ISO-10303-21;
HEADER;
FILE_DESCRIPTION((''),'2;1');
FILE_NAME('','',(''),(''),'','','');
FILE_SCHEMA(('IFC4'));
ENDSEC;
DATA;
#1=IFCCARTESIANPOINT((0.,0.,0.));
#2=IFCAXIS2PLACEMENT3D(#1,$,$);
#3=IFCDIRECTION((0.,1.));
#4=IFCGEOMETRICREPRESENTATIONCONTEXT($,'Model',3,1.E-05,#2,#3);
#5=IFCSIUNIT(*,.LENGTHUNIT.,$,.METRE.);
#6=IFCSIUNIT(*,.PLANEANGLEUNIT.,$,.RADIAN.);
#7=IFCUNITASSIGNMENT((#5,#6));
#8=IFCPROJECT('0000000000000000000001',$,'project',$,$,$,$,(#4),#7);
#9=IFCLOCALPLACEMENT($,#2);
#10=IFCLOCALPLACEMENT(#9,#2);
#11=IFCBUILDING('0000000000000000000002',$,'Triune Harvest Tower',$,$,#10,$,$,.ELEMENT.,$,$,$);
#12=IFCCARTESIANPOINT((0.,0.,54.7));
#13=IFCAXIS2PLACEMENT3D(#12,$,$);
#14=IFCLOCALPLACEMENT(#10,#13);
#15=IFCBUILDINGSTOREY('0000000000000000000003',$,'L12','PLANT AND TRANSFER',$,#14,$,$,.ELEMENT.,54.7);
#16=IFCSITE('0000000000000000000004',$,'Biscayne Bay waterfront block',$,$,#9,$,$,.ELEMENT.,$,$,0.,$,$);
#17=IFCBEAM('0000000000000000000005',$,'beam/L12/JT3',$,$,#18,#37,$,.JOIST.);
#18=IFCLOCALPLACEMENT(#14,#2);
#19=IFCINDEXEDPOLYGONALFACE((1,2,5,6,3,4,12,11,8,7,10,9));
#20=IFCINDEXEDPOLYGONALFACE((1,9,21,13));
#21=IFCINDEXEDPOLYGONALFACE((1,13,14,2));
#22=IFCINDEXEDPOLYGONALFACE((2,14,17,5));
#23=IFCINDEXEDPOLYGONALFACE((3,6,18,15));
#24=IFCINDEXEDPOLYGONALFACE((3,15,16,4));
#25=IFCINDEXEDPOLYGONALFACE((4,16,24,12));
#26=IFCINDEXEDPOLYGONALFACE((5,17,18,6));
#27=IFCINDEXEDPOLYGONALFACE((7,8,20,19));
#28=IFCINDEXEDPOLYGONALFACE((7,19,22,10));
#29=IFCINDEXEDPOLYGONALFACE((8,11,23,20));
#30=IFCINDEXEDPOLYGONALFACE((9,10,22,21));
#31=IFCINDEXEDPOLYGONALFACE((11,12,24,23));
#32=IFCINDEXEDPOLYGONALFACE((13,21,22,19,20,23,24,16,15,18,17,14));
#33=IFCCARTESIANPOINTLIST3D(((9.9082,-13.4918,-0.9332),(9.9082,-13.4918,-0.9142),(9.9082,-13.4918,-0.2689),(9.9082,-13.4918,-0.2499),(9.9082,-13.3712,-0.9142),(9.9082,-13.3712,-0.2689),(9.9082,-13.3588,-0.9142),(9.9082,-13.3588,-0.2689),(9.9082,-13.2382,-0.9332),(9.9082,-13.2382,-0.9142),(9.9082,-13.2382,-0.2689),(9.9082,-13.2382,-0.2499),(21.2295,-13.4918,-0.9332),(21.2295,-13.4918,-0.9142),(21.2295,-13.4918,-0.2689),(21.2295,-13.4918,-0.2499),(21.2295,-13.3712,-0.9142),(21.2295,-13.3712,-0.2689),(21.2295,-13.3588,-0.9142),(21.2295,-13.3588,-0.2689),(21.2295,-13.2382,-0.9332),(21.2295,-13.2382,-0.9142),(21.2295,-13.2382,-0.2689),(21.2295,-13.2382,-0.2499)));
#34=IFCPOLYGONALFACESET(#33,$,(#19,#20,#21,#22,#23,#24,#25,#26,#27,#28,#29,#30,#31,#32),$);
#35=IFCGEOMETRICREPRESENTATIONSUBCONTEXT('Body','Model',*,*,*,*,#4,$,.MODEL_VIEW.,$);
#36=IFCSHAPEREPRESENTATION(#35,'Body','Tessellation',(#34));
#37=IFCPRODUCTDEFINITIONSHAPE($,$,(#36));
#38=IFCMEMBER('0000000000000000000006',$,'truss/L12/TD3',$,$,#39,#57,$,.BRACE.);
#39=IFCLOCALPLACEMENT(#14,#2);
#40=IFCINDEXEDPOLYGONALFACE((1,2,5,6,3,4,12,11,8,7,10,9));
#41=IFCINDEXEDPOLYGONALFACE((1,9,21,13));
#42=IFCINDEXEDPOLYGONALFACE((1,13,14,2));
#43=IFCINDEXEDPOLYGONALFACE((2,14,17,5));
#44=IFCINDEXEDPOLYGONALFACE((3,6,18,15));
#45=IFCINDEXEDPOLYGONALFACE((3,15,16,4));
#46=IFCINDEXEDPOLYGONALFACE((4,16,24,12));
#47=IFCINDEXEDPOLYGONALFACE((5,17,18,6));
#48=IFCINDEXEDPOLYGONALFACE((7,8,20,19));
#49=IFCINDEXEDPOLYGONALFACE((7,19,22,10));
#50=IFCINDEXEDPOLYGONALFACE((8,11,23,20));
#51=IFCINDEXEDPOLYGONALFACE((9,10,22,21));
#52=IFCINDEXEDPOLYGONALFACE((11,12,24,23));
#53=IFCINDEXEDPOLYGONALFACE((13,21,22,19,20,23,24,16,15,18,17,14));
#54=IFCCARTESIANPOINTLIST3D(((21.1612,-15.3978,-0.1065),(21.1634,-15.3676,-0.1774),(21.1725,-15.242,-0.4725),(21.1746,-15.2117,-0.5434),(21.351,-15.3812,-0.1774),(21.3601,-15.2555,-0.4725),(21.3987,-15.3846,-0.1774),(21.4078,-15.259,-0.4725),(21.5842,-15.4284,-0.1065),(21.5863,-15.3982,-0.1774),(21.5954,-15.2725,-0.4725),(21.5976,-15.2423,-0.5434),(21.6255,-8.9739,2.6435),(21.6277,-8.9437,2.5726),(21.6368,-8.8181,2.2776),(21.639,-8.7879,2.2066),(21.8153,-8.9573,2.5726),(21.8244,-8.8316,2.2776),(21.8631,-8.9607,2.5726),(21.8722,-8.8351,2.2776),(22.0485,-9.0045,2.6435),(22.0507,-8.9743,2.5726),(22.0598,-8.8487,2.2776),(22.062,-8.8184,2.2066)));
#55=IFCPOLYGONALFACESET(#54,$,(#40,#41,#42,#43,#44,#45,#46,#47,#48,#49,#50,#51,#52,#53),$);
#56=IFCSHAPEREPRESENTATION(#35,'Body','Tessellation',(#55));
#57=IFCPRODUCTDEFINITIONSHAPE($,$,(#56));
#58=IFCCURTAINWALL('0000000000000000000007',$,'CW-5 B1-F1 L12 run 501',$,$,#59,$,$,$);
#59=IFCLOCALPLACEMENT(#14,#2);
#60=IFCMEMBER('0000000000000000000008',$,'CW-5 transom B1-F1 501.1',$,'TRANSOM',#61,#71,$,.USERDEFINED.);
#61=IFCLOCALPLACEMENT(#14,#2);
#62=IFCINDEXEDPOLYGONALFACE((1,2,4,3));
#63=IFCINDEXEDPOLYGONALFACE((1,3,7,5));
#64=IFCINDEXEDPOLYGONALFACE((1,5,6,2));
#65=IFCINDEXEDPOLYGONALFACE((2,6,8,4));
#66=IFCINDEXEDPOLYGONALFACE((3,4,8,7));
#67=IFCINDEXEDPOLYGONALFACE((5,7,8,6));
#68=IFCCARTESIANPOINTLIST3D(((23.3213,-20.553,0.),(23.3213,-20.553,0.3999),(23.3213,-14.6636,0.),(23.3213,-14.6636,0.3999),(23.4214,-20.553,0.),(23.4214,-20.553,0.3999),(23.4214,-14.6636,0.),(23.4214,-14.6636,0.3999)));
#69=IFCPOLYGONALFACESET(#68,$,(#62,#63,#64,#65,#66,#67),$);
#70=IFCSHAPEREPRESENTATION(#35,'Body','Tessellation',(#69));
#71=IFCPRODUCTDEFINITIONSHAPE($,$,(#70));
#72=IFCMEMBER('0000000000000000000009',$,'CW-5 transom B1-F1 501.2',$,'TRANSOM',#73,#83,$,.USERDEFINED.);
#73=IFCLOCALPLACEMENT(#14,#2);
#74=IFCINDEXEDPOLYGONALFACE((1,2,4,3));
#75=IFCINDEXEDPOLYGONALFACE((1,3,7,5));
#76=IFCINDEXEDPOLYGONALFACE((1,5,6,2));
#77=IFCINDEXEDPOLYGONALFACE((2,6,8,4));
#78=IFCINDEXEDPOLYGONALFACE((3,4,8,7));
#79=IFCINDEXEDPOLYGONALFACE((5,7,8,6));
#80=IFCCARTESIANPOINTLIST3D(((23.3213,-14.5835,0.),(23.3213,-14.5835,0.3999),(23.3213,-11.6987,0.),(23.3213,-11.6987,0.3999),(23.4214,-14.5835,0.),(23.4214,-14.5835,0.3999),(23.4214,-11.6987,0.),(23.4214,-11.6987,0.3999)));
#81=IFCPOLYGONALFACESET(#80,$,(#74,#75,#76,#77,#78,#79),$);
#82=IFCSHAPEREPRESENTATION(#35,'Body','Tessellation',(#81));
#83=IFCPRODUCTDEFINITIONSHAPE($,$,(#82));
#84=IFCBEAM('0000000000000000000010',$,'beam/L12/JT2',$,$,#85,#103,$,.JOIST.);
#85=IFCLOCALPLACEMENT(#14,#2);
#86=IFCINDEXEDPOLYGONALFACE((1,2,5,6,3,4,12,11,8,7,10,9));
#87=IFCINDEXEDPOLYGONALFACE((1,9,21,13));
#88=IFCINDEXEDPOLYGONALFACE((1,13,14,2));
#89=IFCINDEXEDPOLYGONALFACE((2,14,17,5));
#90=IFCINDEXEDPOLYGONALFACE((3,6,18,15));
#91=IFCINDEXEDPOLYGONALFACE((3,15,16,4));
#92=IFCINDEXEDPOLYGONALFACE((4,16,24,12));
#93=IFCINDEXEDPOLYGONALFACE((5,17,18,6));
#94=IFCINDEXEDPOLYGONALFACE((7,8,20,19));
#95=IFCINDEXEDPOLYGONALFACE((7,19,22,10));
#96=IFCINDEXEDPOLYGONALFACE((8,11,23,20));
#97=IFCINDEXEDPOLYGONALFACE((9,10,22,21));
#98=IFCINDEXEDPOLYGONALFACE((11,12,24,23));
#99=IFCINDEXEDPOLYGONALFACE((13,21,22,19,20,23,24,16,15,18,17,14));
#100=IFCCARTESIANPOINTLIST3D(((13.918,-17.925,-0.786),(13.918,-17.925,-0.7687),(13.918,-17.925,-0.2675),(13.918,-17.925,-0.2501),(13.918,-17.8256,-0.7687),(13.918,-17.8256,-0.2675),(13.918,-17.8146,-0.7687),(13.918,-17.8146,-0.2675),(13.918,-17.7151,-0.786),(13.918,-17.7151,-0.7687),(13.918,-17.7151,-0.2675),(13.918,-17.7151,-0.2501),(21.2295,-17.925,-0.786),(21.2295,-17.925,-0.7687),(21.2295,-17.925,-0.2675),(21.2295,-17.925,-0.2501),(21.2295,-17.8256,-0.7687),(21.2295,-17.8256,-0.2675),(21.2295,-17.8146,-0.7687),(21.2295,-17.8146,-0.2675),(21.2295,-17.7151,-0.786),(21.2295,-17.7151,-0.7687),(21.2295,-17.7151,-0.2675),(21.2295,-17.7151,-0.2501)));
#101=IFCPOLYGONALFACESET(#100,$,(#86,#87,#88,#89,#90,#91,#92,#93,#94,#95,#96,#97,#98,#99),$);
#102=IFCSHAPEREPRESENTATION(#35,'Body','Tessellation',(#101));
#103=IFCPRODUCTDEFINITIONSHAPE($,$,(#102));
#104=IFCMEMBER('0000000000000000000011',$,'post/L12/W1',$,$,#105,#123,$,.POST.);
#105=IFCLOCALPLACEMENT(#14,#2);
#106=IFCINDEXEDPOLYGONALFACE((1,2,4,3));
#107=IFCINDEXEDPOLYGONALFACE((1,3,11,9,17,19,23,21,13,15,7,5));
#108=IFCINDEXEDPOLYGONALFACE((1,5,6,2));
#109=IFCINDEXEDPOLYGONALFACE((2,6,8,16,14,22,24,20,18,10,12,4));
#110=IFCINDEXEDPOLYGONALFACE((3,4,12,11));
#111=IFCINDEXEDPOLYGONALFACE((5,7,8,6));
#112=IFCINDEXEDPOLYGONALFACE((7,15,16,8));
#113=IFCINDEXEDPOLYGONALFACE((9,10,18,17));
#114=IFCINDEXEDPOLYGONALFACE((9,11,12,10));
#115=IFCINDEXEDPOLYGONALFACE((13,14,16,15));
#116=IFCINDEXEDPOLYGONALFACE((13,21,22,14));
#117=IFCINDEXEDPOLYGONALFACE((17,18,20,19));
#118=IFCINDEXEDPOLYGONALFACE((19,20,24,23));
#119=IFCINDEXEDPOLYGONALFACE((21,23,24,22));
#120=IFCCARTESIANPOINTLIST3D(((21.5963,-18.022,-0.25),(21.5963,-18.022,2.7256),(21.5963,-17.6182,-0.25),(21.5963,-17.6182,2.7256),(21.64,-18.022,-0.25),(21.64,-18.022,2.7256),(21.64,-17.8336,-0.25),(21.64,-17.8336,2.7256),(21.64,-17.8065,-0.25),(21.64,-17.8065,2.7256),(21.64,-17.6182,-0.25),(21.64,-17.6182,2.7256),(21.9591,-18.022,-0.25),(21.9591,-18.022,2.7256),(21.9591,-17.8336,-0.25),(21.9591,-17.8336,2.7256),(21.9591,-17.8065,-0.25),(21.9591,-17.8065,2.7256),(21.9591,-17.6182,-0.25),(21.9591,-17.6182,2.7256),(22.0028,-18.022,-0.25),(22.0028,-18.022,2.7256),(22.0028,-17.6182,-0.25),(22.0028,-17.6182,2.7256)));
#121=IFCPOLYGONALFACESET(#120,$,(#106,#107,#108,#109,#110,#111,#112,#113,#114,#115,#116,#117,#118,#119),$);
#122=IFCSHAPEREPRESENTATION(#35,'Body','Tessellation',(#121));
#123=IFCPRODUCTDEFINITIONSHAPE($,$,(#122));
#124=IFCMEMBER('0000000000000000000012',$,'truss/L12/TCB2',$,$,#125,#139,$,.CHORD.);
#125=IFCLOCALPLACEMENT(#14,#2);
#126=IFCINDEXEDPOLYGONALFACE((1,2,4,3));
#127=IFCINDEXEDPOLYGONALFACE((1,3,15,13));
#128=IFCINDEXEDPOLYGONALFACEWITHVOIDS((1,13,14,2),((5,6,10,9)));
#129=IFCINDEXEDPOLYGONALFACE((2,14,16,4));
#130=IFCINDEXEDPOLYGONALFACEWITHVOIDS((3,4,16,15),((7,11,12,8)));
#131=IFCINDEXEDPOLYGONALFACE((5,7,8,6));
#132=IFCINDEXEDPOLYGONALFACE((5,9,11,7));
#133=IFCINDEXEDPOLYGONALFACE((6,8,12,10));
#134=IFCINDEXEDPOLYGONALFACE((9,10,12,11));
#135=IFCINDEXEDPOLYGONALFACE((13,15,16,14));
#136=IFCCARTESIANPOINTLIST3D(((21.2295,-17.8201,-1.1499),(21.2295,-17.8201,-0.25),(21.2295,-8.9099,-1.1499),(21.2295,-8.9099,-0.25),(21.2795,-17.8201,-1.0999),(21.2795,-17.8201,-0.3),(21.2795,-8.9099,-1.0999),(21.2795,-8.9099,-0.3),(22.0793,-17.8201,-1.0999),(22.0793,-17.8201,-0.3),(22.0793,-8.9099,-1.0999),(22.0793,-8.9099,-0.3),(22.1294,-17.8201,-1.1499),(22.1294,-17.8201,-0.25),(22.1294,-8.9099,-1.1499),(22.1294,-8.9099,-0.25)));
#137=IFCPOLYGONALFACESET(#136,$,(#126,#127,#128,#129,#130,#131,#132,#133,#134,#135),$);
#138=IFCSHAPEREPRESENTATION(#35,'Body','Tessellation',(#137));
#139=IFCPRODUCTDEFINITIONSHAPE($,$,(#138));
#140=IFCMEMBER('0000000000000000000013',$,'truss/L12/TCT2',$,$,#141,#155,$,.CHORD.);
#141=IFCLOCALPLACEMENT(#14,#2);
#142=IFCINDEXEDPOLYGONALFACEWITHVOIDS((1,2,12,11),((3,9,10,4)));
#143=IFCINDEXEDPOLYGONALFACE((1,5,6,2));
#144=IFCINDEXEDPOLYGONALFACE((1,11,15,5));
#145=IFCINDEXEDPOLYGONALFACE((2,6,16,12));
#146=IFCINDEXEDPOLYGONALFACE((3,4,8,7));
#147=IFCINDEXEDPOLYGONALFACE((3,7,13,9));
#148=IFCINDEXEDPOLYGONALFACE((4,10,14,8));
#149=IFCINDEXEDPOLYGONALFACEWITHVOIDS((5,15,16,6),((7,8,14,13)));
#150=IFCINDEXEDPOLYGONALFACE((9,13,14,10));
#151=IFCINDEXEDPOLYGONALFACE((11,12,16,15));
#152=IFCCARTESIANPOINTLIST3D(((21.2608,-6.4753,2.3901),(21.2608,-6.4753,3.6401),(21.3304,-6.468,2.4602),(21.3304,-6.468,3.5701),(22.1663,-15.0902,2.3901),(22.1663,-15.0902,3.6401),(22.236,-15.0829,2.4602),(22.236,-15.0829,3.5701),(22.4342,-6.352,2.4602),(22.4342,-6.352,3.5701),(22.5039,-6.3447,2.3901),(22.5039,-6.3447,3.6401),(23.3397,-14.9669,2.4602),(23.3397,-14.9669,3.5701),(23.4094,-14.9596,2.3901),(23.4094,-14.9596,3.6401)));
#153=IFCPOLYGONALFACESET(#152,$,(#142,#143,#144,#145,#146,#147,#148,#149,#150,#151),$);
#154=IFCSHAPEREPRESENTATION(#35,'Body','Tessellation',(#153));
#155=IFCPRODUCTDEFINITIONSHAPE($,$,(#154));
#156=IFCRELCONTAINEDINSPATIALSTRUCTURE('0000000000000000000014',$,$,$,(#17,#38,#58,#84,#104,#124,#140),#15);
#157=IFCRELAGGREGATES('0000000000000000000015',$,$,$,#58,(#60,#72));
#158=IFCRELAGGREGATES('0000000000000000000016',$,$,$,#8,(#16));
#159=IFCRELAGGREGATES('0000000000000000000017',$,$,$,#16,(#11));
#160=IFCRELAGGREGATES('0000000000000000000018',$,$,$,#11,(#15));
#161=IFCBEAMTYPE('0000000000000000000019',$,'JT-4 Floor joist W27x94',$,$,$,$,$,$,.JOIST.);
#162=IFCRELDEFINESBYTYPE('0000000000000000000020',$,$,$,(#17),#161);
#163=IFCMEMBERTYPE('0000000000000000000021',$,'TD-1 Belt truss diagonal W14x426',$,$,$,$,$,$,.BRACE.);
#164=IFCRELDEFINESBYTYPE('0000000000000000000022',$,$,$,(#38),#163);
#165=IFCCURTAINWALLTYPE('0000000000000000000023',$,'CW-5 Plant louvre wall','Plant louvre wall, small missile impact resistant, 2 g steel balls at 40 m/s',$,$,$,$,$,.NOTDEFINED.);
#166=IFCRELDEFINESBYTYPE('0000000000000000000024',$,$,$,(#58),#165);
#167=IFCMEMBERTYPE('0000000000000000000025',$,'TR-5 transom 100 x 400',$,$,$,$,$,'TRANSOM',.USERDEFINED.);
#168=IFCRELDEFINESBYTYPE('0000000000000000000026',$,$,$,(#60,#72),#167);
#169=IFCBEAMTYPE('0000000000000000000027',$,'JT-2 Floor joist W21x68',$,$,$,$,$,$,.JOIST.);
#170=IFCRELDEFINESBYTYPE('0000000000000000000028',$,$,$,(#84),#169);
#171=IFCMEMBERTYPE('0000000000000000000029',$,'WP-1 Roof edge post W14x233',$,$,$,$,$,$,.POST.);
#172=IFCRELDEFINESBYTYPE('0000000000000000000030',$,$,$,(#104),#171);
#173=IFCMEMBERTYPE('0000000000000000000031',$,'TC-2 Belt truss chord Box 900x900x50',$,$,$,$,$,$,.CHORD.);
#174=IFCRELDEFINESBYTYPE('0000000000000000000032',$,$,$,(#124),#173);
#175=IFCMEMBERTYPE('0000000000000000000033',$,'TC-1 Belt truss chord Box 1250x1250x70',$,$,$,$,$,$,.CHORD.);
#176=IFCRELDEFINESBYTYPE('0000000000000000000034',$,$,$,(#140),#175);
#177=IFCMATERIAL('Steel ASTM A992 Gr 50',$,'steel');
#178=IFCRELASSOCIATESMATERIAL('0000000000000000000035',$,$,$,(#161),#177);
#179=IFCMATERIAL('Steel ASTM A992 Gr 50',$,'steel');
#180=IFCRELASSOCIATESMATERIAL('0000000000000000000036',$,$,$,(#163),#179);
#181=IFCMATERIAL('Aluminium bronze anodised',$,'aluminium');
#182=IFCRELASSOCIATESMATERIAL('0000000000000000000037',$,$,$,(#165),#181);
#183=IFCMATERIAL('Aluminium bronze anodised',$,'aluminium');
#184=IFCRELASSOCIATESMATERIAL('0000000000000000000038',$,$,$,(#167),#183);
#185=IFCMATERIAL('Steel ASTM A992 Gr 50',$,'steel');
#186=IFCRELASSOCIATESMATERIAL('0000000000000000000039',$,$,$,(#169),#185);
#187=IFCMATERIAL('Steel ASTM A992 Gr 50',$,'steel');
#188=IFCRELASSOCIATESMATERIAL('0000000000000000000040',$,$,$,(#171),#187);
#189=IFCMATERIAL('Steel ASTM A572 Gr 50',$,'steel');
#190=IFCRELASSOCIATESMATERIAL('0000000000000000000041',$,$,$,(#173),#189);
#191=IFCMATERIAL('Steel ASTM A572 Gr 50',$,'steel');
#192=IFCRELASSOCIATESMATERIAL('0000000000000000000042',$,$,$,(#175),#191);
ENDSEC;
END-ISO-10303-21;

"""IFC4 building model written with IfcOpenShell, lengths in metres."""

from ifc_helpers import new_model, si_unit, direction, frame, origin, origin_2d, place, context, subcontext, project, spatial, rectangle, hollow_rectangle, i_section, extrude, source, transform, mapped, material, material_profile, profile_set, type_object, element, aggregate, save


model = new_model("IFC4")

# Units and contexts
model_context = context("Model", 3, precision=1e-05, world=origin(), true_north=direction((0.0, 1.0)))
body_context = subcontext(model_context, "Body", "Model", "MODEL_VIEW")
ifc_project = project(units=[si_unit("LENGTHUNIT", "METRE"), si_unit("PLANEANGLEUNIT", "RADIAN")], contexts=[model_context])

# Site, building, storey
site_placement = place(None, origin())
site = spatial("IfcSite", under=ifc_project, at=site_placement, Name="Biscayne Bay waterfront block", CompositionType="ELEMENT", RefElevation=0.0)
building_placement = place(site_placement, origin())
building = spatial("IfcBuilding", under=site, at=building_placement, Name="Triune Harvest Tower", CompositionType="ELEMENT")
storey_placement = place(building_placement, frame((0.0, 0.0, 54.7)))
storey = spatial("IfcBuildingStorey", under=building, at=storey_placement, Name="L12", Description="PLANT AND TRANSFER", CompositionType="ELEMENT", Elevation=54.7)

# Beam
ifc_material_1 = material(Name="Steel ASTM A992 Gr 50", Category="steel")
ifc_material_profile_1 = material_profile(ifc_material_1, i_section(OverallWidth=0.2537, OverallDepth=0.6833, WebThickness=0.0125, FlangeThickness=0.019, at=origin_2d()), Name="W27x94")
ifc_profile_set_1 = profile_set([ifc_material_profile_1], Name="Steel ASTM A992 Gr 50")
beam_type_1 = type_object("IfcBeamType", Name="JT-4 Floor joist W27x94", PredefinedType="JOIST", material=ifc_profile_set_1)
beam_1_placement = place(storey_placement, frame((21.2295, -13.365, -0.5916), z_axis=(-1.0, 0.0, 0.0), x_axis=(0.0, -1.0, 0.0)))
element("IfcBeam", 1, at=beam_1_placement, inside=storey, type_object=beam_type_1, Name="beam/L12/JT3", PredefinedType="JOIST", context=body_context, shape_type="SweptSolid", body=[
    extrude(i_section(OverallWidth=0.2537, OverallDepth=0.6833, WebThickness=0.0125, FlangeThickness=0.019, at=origin_2d()), origin(), (0.0, 0.0, 1.0), 11.3213),
])

# Member
ifc_material_2 = material(Name="Steel ASTM A992 Gr 50", Category="steel")
ifc_material_profile_2 = material_profile(ifc_material_2, i_section(OverallWidth=0.4241, OverallDepth=0.4751, WebThickness=0.0479, FlangeThickness=0.0771, at=origin_2d()), Name="W14x426")
ifc_profile_set_2 = profile_set([ifc_material_profile_2], Name="Steel ASTM A992 Gr 50")
member_type_1 = type_object("IfcMemberType", Name="TD-1 Belt truss diagonal W14x426", PredefinedType="BRACE", material=ifc_profile_set_2)
member_1_placement = place(storey_placement, frame((21.3794, -15.3201, -0.325), z_axis=(0.066307, 0.917281, 0.392682), x_axis=(-0.997398, 0.072098, 0.0)))
element("IfcMember", 2, at=member_1_placement, inside=storey, type_object=member_type_1, Name="truss/L12/TD3", PredefinedType="BRACE", context=body_context, shape_type="SweptSolid", body=[
    extrude(i_section(OverallWidth=0.4241, OverallDepth=0.4751, WebThickness=0.0479, FlangeThickness=0.0771, at=origin_2d()), origin(), (0.0, 0.0, 1.0), 7.0032),
])

# Curtain wall, members
ifc_material_3 = material(Name="Aluminium bronze anodised", Category="aluminium")
curtain_wall_type = type_object("IfcCurtainWallType", Name="CW-5 Plant louvre wall", Description="Plant louvre wall, small missile impact resistant, 2 g steel balls at 40 m/s", PredefinedType="NOTDEFINED", material=ifc_material_3)
curtain_wall_1_placement = place(storey_placement, origin())
curtain_wall_1 = element("IfcCurtainWall", 3, at=curtain_wall_1_placement, inside=storey, type_object=curtain_wall_type, Name="CW-5 B1-F1 L12 run 501")
ifc_material_4 = material(Name="Aluminium bronze anodised", Category="aluminium")
ifc_material_profile_3 = material_profile(ifc_material_4, rectangle(XDim=0.1001, YDim=0.3999, at=origin_2d()), Name="TR-5 transom 100 x 400")
ifc_profile_set_3 = profile_set([ifc_material_profile_3], Name="Aluminium bronze anodised")
member_type_2 = type_object("IfcMemberType", Name="TR-5 transom 100 x 400", ElementType="TRANSOM", PredefinedType="USERDEFINED", material=ifc_profile_set_3)
member_2_placement = place(storey_placement, frame((23.3713, -20.553, 0.2), z_axis=(0.0, 1.0, 0.0), x_axis=(-1.0, 0.0, 0.0)))
member_2 = element("IfcMember", 4, at=member_2_placement, type_object=member_type_2, Name="CW-5 transom B1-F1 501.1", ObjectType="TRANSOM", PredefinedType="USERDEFINED", context=body_context, shape_type="SweptSolid", body=[
    extrude(rectangle(XDim=0.1001, YDim=0.3999, at=origin_2d()), origin(), (0.0, 0.0, 1.0), 5.8894),
])
member_3_placement = place(storey_placement, frame((23.3713, -14.5835, 0.2), z_axis=(0.0, 1.0, 0.0), x_axis=(-1.0, 0.0, 0.0)))
member_3 = element("IfcMember", 5, at=member_3_placement, type_object=member_type_2, Name="CW-5 transom B1-F1 501.2", ObjectType="TRANSOM", PredefinedType="USERDEFINED", context=body_context, shape_type="SweptSolid", body=[
    extrude(rectangle(XDim=0.1001, YDim=0.3999, at=origin_2d()), origin(), (0.0, 0.0, 1.0), 2.8848),
])

# Beam
ifc_material_5 = material(Name="Steel ASTM A992 Gr 50", Category="steel")
ifc_material_profile_4 = material_profile(ifc_material_5, i_section(OverallWidth=0.21, OverallDepth=0.5359, WebThickness=0.011, FlangeThickness=0.0173, at=origin_2d()), Name="W21x68")
ifc_profile_set_4 = profile_set([ifc_material_profile_4], Name="Steel ASTM A992 Gr 50")
beam_type_2 = type_object("IfcBeamType", Name="JT-2 Floor joist W21x68", PredefinedType="JOIST", material=ifc_profile_set_4)
shared_shape_1 = source(origin(), body_context, "Body", "SweptSolid", [
    extrude(i_section(OverallWidth=0.21, OverallDepth=0.5359, WebThickness=0.011, FlangeThickness=0.0173, at=origin_2d()), origin(), (0.0, 0.0, 1.0), 7.3115),
])
beam_2_placement = place(storey_placement, frame((21.2295, -17.8201, -0.5181), z_axis=(-1.0, 0.0, 0.0), x_axis=(0.0, -1.0, 0.0)))
element("IfcBeam", 6, at=beam_2_placement, inside=storey, type_object=beam_type_2, Name="beam/L12/JT2", PredefinedType="JOIST", context=body_context, shape_type="MappedRepresentation", body=[
    mapped(shared_shape_1, transform((0.0, 0.0, 0.0), scale=1.0)),
])

# Members
ifc_material_6 = material(Name="Steel ASTM A992 Gr 50", Category="steel")
ifc_material_profile_5 = material_profile(ifc_material_6, i_section(OverallWidth=0.4038, OverallDepth=0.4065, WebThickness=0.0271, FlangeThickness=0.0437, at=origin_2d()), Name="W14x233")
ifc_profile_set_5 = profile_set([ifc_material_profile_5], Name="Steel ASTM A992 Gr 50")
member_type_3 = type_object("IfcMemberType", Name="WP-1 Roof edge post W14x233", PredefinedType="POST", material=ifc_profile_set_5)
shared_shape_2 = source(origin(), body_context, "Body", "SweptSolid", [
    extrude(i_section(OverallWidth=0.4038, OverallDepth=0.4065, WebThickness=0.0271, FlangeThickness=0.0437, at=origin_2d()), origin(), (0.0, 0.0, 1.0), 2.9756),
])
member_4_placement = place(storey_placement, frame((21.7996, -17.8201, -0.25), z_axis=(0.0, 0.0, 1.0), x_axis=(0.0, 1.0, 0.0)))
element("IfcMember", 7, at=member_4_placement, inside=storey, type_object=member_type_3, Name="post/L12/W1", PredefinedType="POST", context=body_context, shape_type="MappedRepresentation", body=[
    mapped(shared_shape_2, transform((0.0, 0.0, 0.0), scale=1.0)),
])
ifc_material_7 = material(Name="Steel ASTM A572 Gr 50", Category="steel")
ifc_material_profile_6 = material_profile(ifc_material_7, hollow_rectangle(XDim=0.8999, YDim=0.8999, WallThickness=0.05, at=origin_2d()), Name="Box 900x900x50")
ifc_profile_set_6 = profile_set([ifc_material_profile_6], Name="Steel ASTM A572 Gr 50")
member_type_4 = type_object("IfcMemberType", Name="TC-2 Belt truss chord Box 900x900x50", PredefinedType="CHORD", material=ifc_profile_set_6)
shared_shape_3 = source(origin(), body_context, "Body", "SweptSolid", [
    extrude(hollow_rectangle(XDim=0.8999, YDim=0.8999, WallThickness=0.05, at=origin_2d()), origin(), (0.0, 0.0, 1.0), 8.9102),
])
member_5_placement = place(storey_placement, frame((21.6794, -17.8201, -0.7), z_axis=(0.0, 1.0, 0.0), x_axis=(-1.0, 0.0, 0.0)))
element("IfcMember", 8, at=member_5_placement, inside=storey, type_object=member_type_4, Name="truss/L12/TCB2", PredefinedType="CHORD", context=body_context, shape_type="MappedRepresentation", body=[
    mapped(shared_shape_3, transform((0.0, 0.0, 0.0), scale=1.0)),
])
ifc_material_8 = material(Name="Steel ASTM A572 Gr 50", Category="steel")
ifc_material_profile_7 = material_profile(ifc_material_8, hollow_rectangle(XDim=1.25, YDim=1.25, WallThickness=0.0701, at=origin_2d()), Name="Box 1250x1250x70")
ifc_profile_set_7 = profile_set([ifc_material_profile_7], Name="Steel ASTM A572 Gr 50")
member_type_5 = type_object("IfcMemberType", Name="TC-1 Belt truss chord Box 1250x1250x70", PredefinedType="CHORD", material=ifc_profile_set_7)
shared_shape_4 = source(origin(), body_context, "Body", "SweptSolid", [
    extrude(hollow_rectangle(XDim=1.25, YDim=1.25, WallThickness=0.0701, at=origin_2d()), origin(), (0.0, 0.0, 1.0), 8.6624),
])
member_6_placement = place(storey_placement, frame((22.7878, -15.0249, 3.0151), z_axis=(-0.104534, 0.994521, 0.0), x_axis=(-0.994521, -0.104534, 0.0)))
element("IfcMember", 9, at=member_6_placement, inside=storey, type_object=member_type_5, Name="truss/L12/TCT2", PredefinedType="CHORD", context=body_context, shape_type="MappedRepresentation", body=[
    mapped(shared_shape_4, transform((0.0, 0.0, 0.0), scale=1.0)),
])

aggregate(curtain_wall_1, [member_2, member_3])

save(model, "model.ifc")
